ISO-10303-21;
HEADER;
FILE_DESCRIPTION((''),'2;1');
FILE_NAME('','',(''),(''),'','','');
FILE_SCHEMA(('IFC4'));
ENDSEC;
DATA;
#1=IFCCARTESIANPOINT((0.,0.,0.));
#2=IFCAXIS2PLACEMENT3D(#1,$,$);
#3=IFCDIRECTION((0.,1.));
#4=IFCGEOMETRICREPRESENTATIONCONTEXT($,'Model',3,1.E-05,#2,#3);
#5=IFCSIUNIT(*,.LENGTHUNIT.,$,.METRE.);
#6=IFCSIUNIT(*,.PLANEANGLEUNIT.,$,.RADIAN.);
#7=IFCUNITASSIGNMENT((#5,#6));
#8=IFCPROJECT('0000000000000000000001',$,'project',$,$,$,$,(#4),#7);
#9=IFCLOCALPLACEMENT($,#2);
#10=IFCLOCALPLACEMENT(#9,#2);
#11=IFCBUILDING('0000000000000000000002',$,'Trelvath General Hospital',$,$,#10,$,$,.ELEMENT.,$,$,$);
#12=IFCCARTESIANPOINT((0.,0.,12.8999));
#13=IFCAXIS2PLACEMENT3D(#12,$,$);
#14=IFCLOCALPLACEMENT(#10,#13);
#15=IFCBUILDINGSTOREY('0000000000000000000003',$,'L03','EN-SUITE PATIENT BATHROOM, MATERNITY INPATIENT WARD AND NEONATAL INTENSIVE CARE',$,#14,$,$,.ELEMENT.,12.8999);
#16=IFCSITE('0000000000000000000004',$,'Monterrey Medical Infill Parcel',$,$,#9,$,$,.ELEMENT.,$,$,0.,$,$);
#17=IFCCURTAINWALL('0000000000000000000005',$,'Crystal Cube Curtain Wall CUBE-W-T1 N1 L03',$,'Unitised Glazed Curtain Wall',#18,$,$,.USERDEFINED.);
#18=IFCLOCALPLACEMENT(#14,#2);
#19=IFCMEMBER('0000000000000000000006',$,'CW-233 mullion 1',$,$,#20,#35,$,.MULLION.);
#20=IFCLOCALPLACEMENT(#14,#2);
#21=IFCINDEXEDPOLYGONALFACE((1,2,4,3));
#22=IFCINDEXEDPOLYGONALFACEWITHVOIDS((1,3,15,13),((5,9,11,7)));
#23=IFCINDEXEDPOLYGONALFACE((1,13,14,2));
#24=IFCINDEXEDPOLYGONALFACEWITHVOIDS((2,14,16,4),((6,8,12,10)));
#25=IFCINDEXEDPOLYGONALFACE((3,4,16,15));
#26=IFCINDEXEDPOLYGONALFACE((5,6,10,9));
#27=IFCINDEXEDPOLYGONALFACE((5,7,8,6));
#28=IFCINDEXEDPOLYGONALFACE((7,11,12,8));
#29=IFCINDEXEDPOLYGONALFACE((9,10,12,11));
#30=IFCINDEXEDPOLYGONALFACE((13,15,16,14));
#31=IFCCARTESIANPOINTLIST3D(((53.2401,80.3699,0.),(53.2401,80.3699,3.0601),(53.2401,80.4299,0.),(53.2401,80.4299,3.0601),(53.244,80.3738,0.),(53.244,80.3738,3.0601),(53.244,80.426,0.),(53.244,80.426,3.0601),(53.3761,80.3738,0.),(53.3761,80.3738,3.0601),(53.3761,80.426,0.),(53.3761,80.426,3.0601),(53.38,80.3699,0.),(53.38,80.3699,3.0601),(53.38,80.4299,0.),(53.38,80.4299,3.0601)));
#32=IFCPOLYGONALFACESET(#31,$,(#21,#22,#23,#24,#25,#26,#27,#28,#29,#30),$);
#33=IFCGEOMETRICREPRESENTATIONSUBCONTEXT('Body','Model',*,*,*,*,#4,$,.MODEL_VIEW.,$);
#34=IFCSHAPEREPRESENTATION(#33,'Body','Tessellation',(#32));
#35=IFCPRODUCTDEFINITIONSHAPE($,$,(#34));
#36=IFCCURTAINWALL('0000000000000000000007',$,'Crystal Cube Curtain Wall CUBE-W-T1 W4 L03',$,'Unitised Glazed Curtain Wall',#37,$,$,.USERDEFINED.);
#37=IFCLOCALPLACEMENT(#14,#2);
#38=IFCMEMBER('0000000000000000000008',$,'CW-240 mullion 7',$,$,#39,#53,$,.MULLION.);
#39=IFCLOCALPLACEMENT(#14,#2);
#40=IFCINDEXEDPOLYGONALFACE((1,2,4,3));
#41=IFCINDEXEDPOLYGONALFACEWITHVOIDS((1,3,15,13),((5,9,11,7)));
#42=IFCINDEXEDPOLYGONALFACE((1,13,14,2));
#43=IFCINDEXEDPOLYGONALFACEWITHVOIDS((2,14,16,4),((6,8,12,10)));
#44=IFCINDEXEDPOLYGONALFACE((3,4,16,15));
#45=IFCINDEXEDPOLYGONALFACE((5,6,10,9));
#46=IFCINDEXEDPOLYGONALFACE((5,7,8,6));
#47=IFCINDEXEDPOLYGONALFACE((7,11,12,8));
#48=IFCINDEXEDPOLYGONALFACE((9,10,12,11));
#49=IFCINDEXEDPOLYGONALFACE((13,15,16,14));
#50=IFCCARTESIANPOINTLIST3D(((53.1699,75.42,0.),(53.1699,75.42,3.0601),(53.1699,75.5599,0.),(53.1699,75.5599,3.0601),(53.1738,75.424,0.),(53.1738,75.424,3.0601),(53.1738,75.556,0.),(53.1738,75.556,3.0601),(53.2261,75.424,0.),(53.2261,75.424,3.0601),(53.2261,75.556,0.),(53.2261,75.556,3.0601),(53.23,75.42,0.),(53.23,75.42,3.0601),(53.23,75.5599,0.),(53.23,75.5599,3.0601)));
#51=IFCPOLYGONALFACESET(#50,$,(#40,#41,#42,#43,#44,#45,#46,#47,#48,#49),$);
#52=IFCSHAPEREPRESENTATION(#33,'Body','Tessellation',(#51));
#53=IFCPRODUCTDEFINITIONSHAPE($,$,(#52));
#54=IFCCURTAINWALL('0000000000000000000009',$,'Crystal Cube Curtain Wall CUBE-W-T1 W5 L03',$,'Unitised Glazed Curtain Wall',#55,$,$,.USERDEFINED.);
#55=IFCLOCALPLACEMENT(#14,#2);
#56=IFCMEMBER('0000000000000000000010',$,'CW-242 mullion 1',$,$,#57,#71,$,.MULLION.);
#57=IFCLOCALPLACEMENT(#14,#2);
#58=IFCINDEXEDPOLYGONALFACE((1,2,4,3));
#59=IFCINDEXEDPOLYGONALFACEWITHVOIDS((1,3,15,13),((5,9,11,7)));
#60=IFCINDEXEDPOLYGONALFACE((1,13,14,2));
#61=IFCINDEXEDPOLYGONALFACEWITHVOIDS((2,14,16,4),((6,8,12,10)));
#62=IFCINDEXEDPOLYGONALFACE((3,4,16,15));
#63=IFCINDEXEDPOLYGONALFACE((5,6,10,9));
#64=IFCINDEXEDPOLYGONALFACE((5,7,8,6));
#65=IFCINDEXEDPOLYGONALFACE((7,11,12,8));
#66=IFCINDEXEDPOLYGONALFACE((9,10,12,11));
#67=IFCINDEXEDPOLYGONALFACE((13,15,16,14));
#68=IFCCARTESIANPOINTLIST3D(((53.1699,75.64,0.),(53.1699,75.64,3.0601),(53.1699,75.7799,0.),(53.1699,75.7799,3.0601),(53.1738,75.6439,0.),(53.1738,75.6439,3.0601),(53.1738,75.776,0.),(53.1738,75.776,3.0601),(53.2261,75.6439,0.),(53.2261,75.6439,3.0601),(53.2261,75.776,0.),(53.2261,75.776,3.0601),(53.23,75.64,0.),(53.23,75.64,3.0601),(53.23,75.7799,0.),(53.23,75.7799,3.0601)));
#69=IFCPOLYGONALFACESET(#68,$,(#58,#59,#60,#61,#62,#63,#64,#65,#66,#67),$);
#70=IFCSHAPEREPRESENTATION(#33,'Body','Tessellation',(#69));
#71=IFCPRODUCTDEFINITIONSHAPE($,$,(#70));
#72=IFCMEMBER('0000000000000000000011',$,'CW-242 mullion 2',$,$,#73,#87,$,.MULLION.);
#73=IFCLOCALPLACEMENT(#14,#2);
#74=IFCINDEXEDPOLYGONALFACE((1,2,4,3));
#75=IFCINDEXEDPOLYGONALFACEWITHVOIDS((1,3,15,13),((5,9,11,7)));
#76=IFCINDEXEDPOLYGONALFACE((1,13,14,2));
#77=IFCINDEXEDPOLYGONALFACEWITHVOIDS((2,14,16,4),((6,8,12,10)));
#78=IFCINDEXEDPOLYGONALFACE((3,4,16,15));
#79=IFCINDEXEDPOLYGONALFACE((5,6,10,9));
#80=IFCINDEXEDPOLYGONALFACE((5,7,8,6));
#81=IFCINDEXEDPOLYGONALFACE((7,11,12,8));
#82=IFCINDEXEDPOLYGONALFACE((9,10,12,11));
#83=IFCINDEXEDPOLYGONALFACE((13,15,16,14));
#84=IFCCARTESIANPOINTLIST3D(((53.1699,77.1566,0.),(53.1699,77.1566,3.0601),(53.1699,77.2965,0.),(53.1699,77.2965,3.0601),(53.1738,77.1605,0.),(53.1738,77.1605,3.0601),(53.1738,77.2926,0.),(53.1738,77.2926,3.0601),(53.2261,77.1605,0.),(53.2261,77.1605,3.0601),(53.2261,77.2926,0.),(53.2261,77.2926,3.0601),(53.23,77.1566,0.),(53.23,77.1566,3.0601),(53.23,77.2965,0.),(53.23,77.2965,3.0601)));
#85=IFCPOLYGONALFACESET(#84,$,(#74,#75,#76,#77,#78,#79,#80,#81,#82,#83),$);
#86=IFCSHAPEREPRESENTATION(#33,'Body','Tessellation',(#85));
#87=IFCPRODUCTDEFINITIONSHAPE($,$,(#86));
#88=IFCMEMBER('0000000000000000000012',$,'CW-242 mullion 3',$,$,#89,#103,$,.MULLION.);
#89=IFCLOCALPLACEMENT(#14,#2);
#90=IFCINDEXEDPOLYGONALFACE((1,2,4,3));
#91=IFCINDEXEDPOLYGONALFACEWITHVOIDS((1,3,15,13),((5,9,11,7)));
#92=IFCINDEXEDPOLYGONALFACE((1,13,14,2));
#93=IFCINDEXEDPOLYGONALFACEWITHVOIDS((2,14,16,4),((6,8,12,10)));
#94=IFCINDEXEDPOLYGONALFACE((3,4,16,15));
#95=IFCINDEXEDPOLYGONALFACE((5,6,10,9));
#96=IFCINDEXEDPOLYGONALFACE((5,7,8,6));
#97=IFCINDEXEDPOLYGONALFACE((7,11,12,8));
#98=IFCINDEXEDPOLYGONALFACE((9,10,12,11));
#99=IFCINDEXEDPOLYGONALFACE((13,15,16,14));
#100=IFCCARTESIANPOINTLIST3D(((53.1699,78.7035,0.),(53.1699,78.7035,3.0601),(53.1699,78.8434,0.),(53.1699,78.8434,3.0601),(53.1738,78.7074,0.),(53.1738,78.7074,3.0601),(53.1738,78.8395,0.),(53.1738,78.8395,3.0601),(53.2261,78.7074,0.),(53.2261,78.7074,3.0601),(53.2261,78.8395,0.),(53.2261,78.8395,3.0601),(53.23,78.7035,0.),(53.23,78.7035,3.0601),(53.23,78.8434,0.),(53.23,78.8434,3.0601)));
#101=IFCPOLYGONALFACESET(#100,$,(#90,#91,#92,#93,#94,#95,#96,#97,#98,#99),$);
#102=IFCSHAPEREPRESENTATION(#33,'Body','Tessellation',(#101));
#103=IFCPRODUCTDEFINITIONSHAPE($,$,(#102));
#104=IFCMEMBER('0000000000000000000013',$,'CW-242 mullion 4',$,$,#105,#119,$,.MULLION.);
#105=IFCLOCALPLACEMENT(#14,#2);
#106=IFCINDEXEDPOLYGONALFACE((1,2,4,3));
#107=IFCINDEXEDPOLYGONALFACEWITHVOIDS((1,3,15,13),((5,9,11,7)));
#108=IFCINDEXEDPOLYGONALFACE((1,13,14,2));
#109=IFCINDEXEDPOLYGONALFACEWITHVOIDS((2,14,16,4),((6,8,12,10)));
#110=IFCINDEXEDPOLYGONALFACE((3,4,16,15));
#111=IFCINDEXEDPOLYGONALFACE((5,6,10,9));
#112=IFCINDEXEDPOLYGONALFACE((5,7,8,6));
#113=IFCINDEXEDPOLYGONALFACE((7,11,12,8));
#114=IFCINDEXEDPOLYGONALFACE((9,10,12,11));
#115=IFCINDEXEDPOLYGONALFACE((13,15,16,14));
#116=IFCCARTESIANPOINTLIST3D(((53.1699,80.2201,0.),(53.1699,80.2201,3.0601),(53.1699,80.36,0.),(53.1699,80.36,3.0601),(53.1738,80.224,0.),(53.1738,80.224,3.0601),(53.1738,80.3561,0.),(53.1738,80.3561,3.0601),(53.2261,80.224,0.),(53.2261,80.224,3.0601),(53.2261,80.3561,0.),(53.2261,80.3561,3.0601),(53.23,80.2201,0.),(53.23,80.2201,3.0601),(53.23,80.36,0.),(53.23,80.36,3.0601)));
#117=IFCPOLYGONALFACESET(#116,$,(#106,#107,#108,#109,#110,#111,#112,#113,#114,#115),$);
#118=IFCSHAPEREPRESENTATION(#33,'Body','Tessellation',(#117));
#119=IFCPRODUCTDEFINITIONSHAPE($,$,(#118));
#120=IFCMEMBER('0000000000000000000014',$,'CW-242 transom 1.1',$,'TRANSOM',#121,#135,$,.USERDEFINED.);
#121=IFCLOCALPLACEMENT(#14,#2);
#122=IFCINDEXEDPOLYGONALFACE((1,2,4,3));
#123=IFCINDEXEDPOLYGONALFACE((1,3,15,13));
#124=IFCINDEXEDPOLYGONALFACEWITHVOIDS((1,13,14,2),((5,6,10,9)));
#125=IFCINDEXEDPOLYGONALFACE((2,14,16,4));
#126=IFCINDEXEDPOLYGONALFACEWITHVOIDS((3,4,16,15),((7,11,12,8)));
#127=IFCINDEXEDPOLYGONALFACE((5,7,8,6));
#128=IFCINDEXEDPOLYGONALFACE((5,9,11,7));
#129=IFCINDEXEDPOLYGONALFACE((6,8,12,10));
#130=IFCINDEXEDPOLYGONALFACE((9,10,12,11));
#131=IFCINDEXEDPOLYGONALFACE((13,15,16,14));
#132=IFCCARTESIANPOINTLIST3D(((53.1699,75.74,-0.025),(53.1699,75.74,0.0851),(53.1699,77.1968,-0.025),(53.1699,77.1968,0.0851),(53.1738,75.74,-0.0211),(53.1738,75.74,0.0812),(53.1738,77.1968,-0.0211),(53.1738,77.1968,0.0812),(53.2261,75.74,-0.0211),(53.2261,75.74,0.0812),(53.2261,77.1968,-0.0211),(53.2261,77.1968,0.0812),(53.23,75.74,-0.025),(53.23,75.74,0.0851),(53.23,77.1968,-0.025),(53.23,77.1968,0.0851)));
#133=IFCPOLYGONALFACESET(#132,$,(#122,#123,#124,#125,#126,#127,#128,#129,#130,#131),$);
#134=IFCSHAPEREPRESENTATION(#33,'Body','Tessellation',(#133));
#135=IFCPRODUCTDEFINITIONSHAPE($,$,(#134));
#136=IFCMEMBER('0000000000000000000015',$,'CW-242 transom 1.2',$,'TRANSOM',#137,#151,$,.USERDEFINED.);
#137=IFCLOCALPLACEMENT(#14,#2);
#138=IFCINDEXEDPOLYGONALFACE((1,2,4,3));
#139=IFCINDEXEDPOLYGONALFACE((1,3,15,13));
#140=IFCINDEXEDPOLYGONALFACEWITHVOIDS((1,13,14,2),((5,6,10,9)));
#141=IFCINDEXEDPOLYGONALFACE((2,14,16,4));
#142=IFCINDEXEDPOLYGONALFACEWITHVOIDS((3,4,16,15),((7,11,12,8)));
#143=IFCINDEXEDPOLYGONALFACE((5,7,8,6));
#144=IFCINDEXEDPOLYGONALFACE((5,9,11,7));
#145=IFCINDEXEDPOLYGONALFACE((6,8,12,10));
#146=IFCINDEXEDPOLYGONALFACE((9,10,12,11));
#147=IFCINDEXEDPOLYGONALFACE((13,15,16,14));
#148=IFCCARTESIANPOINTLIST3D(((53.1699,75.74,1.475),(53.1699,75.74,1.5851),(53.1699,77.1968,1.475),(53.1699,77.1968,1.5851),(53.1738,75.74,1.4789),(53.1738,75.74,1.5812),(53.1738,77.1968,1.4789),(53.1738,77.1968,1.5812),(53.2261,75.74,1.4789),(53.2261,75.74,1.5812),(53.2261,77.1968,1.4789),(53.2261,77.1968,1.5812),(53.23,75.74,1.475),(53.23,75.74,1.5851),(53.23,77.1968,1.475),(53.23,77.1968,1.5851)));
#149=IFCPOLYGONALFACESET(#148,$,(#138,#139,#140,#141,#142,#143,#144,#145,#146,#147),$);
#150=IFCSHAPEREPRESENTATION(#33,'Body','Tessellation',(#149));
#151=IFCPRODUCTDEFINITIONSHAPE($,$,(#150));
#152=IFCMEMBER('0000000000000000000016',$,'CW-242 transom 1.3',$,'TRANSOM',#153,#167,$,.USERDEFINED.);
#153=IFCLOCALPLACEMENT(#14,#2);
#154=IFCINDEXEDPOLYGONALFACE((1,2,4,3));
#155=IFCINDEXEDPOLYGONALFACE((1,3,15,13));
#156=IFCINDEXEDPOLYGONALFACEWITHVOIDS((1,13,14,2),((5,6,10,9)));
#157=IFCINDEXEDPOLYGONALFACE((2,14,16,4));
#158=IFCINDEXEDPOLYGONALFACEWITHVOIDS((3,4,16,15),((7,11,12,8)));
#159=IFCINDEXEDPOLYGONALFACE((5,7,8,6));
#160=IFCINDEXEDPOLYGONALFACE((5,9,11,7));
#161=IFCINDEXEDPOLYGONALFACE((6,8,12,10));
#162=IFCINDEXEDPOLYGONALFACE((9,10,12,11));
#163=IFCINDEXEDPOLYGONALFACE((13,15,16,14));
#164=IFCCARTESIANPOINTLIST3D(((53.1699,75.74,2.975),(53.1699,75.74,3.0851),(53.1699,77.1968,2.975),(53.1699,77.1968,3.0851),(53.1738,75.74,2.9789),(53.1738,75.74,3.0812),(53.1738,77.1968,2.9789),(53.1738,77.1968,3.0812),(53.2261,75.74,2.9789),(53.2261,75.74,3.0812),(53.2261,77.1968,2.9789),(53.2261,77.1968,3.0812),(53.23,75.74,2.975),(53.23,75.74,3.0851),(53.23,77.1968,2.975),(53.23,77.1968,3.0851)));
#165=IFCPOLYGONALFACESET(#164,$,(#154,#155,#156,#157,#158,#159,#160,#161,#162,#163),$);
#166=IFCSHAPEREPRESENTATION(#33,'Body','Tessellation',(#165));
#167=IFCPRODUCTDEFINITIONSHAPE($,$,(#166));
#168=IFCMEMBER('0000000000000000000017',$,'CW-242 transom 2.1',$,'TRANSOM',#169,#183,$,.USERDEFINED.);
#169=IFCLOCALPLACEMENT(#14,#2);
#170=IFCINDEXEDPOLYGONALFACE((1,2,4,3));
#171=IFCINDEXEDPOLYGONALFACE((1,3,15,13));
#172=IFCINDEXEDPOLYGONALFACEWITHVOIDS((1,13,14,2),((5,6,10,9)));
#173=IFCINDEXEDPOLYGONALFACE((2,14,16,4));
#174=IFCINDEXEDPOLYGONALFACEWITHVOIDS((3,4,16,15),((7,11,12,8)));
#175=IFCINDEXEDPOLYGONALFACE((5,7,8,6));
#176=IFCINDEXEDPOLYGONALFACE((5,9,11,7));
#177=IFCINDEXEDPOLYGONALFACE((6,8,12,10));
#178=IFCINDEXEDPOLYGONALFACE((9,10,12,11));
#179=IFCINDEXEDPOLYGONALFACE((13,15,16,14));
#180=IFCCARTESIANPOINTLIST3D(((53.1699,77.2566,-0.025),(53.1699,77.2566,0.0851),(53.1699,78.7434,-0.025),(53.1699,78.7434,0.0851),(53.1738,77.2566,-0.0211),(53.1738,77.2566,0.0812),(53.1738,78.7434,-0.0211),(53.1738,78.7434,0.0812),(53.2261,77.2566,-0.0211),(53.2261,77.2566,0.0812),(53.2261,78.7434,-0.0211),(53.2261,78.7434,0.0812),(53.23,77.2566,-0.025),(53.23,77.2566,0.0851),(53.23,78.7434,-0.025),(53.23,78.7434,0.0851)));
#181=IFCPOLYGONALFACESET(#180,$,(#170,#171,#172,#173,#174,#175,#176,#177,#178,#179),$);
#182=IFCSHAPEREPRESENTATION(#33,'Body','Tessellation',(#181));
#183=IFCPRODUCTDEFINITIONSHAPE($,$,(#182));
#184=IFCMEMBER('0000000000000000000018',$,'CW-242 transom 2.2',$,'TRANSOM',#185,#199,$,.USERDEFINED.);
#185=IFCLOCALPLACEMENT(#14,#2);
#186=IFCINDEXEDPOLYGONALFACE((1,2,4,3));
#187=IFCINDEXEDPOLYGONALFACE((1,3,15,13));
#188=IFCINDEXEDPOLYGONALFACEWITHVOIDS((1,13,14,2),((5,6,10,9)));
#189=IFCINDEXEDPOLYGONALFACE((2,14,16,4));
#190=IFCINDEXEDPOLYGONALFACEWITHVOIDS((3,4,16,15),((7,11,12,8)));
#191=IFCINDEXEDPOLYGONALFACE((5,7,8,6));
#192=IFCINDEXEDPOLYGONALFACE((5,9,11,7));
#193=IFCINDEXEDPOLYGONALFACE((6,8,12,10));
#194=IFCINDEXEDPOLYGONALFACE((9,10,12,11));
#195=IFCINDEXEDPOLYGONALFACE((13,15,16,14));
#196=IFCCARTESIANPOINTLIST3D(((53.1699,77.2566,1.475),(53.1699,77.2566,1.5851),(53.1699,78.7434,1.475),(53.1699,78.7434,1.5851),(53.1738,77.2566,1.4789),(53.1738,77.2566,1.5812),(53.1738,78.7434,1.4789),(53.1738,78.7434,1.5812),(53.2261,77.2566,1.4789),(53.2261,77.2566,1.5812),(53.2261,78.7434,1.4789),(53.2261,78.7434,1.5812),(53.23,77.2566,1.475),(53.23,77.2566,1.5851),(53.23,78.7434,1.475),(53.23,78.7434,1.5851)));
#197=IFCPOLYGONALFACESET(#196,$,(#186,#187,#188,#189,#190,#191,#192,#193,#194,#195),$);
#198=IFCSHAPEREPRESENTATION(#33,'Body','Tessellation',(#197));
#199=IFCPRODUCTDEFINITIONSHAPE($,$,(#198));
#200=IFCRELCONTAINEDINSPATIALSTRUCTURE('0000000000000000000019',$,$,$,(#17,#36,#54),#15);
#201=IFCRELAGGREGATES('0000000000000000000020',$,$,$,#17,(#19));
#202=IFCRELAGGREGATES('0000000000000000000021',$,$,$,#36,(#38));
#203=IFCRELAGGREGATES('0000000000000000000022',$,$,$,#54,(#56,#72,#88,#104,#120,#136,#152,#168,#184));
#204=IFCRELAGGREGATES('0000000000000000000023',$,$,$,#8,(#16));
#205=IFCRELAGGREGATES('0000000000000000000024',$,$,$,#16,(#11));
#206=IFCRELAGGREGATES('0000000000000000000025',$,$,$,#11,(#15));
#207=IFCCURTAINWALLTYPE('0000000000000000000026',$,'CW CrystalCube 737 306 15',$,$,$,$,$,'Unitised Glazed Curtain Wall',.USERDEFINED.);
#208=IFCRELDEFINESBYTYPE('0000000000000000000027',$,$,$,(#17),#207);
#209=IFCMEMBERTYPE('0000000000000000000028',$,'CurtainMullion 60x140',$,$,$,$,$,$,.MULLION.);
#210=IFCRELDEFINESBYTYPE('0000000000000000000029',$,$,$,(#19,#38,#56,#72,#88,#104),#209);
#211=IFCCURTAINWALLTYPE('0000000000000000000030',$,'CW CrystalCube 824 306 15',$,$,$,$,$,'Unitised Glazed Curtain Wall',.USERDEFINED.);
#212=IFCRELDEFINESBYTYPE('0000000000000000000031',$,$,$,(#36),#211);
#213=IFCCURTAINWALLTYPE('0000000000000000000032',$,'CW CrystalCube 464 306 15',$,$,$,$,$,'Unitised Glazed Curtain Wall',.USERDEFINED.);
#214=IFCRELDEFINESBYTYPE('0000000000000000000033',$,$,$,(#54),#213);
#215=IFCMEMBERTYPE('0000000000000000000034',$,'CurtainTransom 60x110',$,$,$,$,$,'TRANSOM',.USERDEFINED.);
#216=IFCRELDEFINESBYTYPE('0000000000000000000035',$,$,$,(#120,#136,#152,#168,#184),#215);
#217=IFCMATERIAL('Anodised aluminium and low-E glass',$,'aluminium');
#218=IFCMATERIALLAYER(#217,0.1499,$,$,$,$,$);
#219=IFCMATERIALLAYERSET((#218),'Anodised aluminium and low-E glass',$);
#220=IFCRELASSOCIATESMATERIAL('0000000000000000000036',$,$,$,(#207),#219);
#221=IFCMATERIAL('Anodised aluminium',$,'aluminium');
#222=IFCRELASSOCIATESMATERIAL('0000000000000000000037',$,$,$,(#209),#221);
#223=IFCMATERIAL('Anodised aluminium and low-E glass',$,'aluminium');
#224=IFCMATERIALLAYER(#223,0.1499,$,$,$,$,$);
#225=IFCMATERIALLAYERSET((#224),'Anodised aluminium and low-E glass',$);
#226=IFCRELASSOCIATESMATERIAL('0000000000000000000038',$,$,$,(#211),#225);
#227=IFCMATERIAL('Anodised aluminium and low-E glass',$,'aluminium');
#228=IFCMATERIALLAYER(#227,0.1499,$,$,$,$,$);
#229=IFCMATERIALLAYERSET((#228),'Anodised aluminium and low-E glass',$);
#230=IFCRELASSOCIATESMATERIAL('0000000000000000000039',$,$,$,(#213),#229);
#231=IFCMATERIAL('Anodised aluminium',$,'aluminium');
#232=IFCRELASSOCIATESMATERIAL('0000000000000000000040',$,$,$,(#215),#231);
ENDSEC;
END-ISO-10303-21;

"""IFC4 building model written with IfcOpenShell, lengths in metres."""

from ifc_helpers import new_model, si_unit, direction, frame, origin, origin_2d, place, context, subcontext, project, spatial, hollow_rectangle, extrude, material, layer, layer_set, material_profile, profile_set, type_object, element, aggregate, save


model = new_model("IFC4")

# Units and contexts
model_context = context("Model", 3, precision=1e-05, world=origin(), true_north=direction((0.0, 1.0)))
body_context = subcontext(model_context, "Body", "Model", "MODEL_VIEW")
ifc_project = project(units=[si_unit("LENGTHUNIT", "METRE"), si_unit("PLANEANGLEUNIT", "RADIAN")], contexts=[model_context])

# Site, building, storey
site_placement = place(None, origin())
site = spatial("IfcSite", under=ifc_project, at=site_placement, Name="Monterrey Medical Infill Parcel", CompositionType="ELEMENT", RefElevation=0.0)
building_placement = place(site_placement, origin())
building = spatial("IfcBuilding", under=site, at=building_placement, Name="Trelvath General Hospital", CompositionType="ELEMENT")
storey_placement = place(building_placement, frame((0.0, 0.0, 12.8999)))
storey = spatial("IfcBuildingStorey", under=building, at=storey_placement, Name="L03", Description="EN-SUITE PATIENT BATHROOM, MATERNITY INPATIENT WARD AND NEONATAL INTENSIVE CARE", CompositionType="ELEMENT", Elevation=12.8999)

# Curtain walls, members
ifc_material_1 = material(Name="Anodised aluminium and low-E glass", Category="aluminium")
ifc_layer_1 = layer(ifc_material_1, 0.1499)
ifc_layer_set_1 = layer_set([ifc_layer_1], Name="Anodised aluminium and low-E glass")
curtain_wall_type_1 = type_object("IfcCurtainWallType", Name="CW CrystalCube 737 306 15", ElementType="Unitised Glazed Curtain Wall", PredefinedType="USERDEFINED", material=ifc_layer_set_1)
curtain_wall_1_placement = place(storey_placement, origin())
curtain_wall_1 = element("IfcCurtainWall", 1, at=curtain_wall_1_placement, inside=storey, type_object=curtain_wall_type_1, Name="Crystal Cube Curtain Wall CUBE-W-T1 N1 L03", ObjectType="Unitised Glazed Curtain Wall", PredefinedType="USERDEFINED")
ifc_material_2 = material(Name="Anodised aluminium", Category="aluminium")
ifc_material_profile_1 = material_profile(ifc_material_2, hollow_rectangle(XDim=0.0601, YDim=0.1399, WallThickness=0.0039, at=origin_2d()), Name="RHS60x140x4")
ifc_profile_set_1 = profile_set([ifc_material_profile_1], Name="Anodised aluminium")
member_type_1 = type_object("IfcMemberType", Name="CurtainMullion 60x140", PredefinedType="MULLION", material=ifc_profile_set_1)
member_1_placement = place(storey_placement, frame((53.3101, 80.3999, 0.0), z_axis=(0.0, 0.0, 1.0), x_axis=(0.0, 1.0, 0.0)))
member_1 = element("IfcMember", 2, at=member_1_placement, type_object=member_type_1, Name="CW-233 mullion 1", PredefinedType="MULLION", context=body_context, shape_type="SweptSolid", body=[
    extrude(hollow_rectangle(XDim=0.0601, YDim=0.1399, WallThickness=0.0039, at=origin_2d()), origin(), (0.0, 0.0, 1.0), 3.0601),
])
aggregate(curtain_wall_1, [member_1])
ifc_material_3 = material(Name="Anodised aluminium and low-E glass", Category="aluminium")
ifc_layer_2 = layer(ifc_material_3, 0.1499)
ifc_layer_set_2 = layer_set([ifc_layer_2], Name="Anodised aluminium and low-E glass")
curtain_wall_type_2 = type_object("IfcCurtainWallType", Name="CW CrystalCube 824 306 15", ElementType="Unitised Glazed Curtain Wall", PredefinedType="USERDEFINED", material=ifc_layer_set_2)
curtain_wall_2_placement = place(storey_placement, origin())
curtain_wall_2 = element("IfcCurtainWall", 3, at=curtain_wall_2_placement, inside=storey, type_object=curtain_wall_type_2, Name="Crystal Cube Curtain Wall CUBE-W-T1 W4 L03", ObjectType="Unitised Glazed Curtain Wall", PredefinedType="USERDEFINED")
member_2_placement = place(storey_placement, frame((53.2, 75.49, 0.0), z_axis=(0.0, 0.0, 1.0), x_axis=(-1.0, 0.0, 0.0)))
member_2 = element("IfcMember", 4, at=member_2_placement, type_object=member_type_1, Name="CW-240 mullion 7", PredefinedType="MULLION", context=body_context, shape_type="SweptSolid", body=[
    extrude(hollow_rectangle(XDim=0.0601, YDim=0.1399, WallThickness=0.0039, at=origin_2d()), origin(), (0.0, 0.0, 1.0), 3.0601),
])

# Curtain wall, members
ifc_material_4 = material(Name="Anodised aluminium and low-E glass", Category="aluminium")
ifc_layer_3 = layer(ifc_material_4, 0.1499)
ifc_layer_set_3 = layer_set([ifc_layer_3], Name="Anodised aluminium and low-E glass")
curtain_wall_type_3 = type_object("IfcCurtainWallType", Name="CW CrystalCube 464 306 15", ElementType="Unitised Glazed Curtain Wall", PredefinedType="USERDEFINED", material=ifc_layer_set_3)
curtain_wall_3_placement = place(storey_placement, origin())
curtain_wall_3 = element("IfcCurtainWall", 5, at=curtain_wall_3_placement, inside=storey, type_object=curtain_wall_type_3, Name="Crystal Cube Curtain Wall CUBE-W-T1 W5 L03", ObjectType="Unitised Glazed Curtain Wall", PredefinedType="USERDEFINED")
member_3_placement = place(storey_placement, frame((53.2, 75.71, 0.0), z_axis=(0.0, 0.0, 1.0), x_axis=(-1.0, 0.0, 0.0)))
member_3 = element("IfcMember", 6, at=member_3_placement, type_object=member_type_1, Name="CW-242 mullion 1", PredefinedType="MULLION", context=body_context, shape_type="SweptSolid", body=[
    extrude(hollow_rectangle(XDim=0.0601, YDim=0.1399, WallThickness=0.0039, at=origin_2d()), origin(), (0.0, 0.0, 1.0), 3.0601),
])
member_4_placement = place(storey_placement, frame((53.2, 77.2266, 0.0), z_axis=(0.0, 0.0, 1.0), x_axis=(-1.0, 0.0, 0.0)))
member_4 = element("IfcMember", 7, at=member_4_placement, type_object=member_type_1, Name="CW-242 mullion 2", PredefinedType="MULLION", context=body_context, shape_type="SweptSolid", body=[
    extrude(hollow_rectangle(XDim=0.0601, YDim=0.1399, WallThickness=0.0039, at=origin_2d()), origin(), (0.0, 0.0, 1.0), 3.0601),
])
member_5_placement = place(storey_placement, frame((53.2, 78.7734, 0.0), z_axis=(0.0, 0.0, 1.0), x_axis=(-1.0, 0.0, 0.0)))
member_5 = element("IfcMember", 8, at=member_5_placement, type_object=member_type_1, Name="CW-242 mullion 3", PredefinedType="MULLION", context=body_context, shape_type="SweptSolid", body=[
    extrude(hollow_rectangle(XDim=0.0601, YDim=0.1399, WallThickness=0.0039, at=origin_2d()), origin(), (0.0, 0.0, 1.0), 3.0601),
])
member_6_placement = place(storey_placement, frame((53.2, 80.29, 0.0), z_axis=(0.0, 0.0, 1.0), x_axis=(-1.0, 0.0, 0.0)))
member_6 = element("IfcMember", 9, at=member_6_placement, type_object=member_type_1, Name="CW-242 mullion 4", PredefinedType="MULLION", context=body_context, shape_type="SweptSolid", body=[
    extrude(hollow_rectangle(XDim=0.0601, YDim=0.1399, WallThickness=0.0039, at=origin_2d()), origin(), (0.0, 0.0, 1.0), 3.0601),
])
ifc_material_5 = material(Name="Anodised aluminium", Category="aluminium")
ifc_material_profile_2 = material_profile(ifc_material_5, hollow_rectangle(XDim=0.0601, YDim=0.1101, WallThickness=0.0039, at=origin_2d()), Name="RHS60x110x4")
ifc_profile_set_2 = profile_set([ifc_material_profile_2], Name="Anodised aluminium")
member_type_2 = type_object("IfcMemberType", Name="CurtainTransom 60x110", ElementType="TRANSOM", PredefinedType="USERDEFINED", material=ifc_profile_set_2)
member_7_placement = place(storey_placement, frame((53.2, 75.74, 0.03), z_axis=(0.0, 1.0, 0.0), x_axis=(-1.0, 0.0, 0.0)))
member_7 = element("IfcMember", 10, at=member_7_placement, type_object=member_type_2, Name="CW-242 transom 1.1", ObjectType="TRANSOM", PredefinedType="USERDEFINED", context=body_context, shape_type="SweptSolid", body=[
    extrude(hollow_rectangle(XDim=0.0601, YDim=0.1101, WallThickness=0.0039, at=origin_2d()), origin(), (0.0, 0.0, 1.0), 1.4568),
])
member_8_placement = place(storey_placement, frame((53.2, 75.74, 1.53), z_axis=(0.0, 1.0, 0.0), x_axis=(-1.0, 0.0, 0.0)))
member_8 = element("IfcMember", 11, at=member_8_placement, type_object=member_type_2, Name="CW-242 transom 1.2", ObjectType="TRANSOM", PredefinedType="USERDEFINED", context=body_context, shape_type="SweptSolid", body=[
    extrude(hollow_rectangle(XDim=0.0601, YDim=0.1101, WallThickness=0.0039, at=origin_2d()), origin(), (0.0, 0.0, 1.0), 1.4568),
])
member_9_placement = place(storey_placement, frame((53.2, 75.74, 3.03), z_axis=(0.0, 1.0, 0.0), x_axis=(-1.0, 0.0, 0.0)))
member_9 = element("IfcMember", 12, at=member_9_placement, type_object=member_type_2, Name="CW-242 transom 1.3", ObjectType="TRANSOM", PredefinedType="USERDEFINED", context=body_context, shape_type="SweptSolid", body=[
    extrude(hollow_rectangle(XDim=0.0601, YDim=0.1101, WallThickness=0.0039, at=origin_2d()), origin(), (0.0, 0.0, 1.0), 1.4568),
])
member_10_placement = place(storey_placement, frame((53.2, 77.2566, 0.03), z_axis=(0.0, 1.0, 0.0), x_axis=(-1.0, 0.0, 0.0)))
member_10 = element("IfcMember", 13, at=member_10_placement, type_object=member_type_2, Name="CW-242 transom 2.1", ObjectType="TRANSOM", PredefinedType="USERDEFINED", context=body_context, shape_type="SweptSolid", body=[
    extrude(hollow_rectangle(XDim=0.0601, YDim=0.1101, WallThickness=0.0039, at=origin_2d()), origin(), (0.0, 0.0, 1.0), 1.4868),
])
member_11_placement = place(storey_placement, frame((53.2, 77.2566, 1.53), z_axis=(0.0, 1.0, 0.0), x_axis=(-1.0, 0.0, 0.0)))
member_11 = element("IfcMember", 14, at=member_11_placement, type_object=member_type_2, Name="CW-242 transom 2.2", ObjectType="TRANSOM", PredefinedType="USERDEFINED", context=body_context, shape_type="SweptSolid", body=[
    extrude(hollow_rectangle(XDim=0.0601, YDim=0.1101, WallThickness=0.0039, at=origin_2d()), origin(), (0.0, 0.0, 1.0), 1.4868),
])

aggregate(curtain_wall_2, [member_2])
aggregate(curtain_wall_3, [member_3, member_4, member_5, member_6, member_7, member_8, member_9, member_10, member_11])

save(model, "model.ifc")
